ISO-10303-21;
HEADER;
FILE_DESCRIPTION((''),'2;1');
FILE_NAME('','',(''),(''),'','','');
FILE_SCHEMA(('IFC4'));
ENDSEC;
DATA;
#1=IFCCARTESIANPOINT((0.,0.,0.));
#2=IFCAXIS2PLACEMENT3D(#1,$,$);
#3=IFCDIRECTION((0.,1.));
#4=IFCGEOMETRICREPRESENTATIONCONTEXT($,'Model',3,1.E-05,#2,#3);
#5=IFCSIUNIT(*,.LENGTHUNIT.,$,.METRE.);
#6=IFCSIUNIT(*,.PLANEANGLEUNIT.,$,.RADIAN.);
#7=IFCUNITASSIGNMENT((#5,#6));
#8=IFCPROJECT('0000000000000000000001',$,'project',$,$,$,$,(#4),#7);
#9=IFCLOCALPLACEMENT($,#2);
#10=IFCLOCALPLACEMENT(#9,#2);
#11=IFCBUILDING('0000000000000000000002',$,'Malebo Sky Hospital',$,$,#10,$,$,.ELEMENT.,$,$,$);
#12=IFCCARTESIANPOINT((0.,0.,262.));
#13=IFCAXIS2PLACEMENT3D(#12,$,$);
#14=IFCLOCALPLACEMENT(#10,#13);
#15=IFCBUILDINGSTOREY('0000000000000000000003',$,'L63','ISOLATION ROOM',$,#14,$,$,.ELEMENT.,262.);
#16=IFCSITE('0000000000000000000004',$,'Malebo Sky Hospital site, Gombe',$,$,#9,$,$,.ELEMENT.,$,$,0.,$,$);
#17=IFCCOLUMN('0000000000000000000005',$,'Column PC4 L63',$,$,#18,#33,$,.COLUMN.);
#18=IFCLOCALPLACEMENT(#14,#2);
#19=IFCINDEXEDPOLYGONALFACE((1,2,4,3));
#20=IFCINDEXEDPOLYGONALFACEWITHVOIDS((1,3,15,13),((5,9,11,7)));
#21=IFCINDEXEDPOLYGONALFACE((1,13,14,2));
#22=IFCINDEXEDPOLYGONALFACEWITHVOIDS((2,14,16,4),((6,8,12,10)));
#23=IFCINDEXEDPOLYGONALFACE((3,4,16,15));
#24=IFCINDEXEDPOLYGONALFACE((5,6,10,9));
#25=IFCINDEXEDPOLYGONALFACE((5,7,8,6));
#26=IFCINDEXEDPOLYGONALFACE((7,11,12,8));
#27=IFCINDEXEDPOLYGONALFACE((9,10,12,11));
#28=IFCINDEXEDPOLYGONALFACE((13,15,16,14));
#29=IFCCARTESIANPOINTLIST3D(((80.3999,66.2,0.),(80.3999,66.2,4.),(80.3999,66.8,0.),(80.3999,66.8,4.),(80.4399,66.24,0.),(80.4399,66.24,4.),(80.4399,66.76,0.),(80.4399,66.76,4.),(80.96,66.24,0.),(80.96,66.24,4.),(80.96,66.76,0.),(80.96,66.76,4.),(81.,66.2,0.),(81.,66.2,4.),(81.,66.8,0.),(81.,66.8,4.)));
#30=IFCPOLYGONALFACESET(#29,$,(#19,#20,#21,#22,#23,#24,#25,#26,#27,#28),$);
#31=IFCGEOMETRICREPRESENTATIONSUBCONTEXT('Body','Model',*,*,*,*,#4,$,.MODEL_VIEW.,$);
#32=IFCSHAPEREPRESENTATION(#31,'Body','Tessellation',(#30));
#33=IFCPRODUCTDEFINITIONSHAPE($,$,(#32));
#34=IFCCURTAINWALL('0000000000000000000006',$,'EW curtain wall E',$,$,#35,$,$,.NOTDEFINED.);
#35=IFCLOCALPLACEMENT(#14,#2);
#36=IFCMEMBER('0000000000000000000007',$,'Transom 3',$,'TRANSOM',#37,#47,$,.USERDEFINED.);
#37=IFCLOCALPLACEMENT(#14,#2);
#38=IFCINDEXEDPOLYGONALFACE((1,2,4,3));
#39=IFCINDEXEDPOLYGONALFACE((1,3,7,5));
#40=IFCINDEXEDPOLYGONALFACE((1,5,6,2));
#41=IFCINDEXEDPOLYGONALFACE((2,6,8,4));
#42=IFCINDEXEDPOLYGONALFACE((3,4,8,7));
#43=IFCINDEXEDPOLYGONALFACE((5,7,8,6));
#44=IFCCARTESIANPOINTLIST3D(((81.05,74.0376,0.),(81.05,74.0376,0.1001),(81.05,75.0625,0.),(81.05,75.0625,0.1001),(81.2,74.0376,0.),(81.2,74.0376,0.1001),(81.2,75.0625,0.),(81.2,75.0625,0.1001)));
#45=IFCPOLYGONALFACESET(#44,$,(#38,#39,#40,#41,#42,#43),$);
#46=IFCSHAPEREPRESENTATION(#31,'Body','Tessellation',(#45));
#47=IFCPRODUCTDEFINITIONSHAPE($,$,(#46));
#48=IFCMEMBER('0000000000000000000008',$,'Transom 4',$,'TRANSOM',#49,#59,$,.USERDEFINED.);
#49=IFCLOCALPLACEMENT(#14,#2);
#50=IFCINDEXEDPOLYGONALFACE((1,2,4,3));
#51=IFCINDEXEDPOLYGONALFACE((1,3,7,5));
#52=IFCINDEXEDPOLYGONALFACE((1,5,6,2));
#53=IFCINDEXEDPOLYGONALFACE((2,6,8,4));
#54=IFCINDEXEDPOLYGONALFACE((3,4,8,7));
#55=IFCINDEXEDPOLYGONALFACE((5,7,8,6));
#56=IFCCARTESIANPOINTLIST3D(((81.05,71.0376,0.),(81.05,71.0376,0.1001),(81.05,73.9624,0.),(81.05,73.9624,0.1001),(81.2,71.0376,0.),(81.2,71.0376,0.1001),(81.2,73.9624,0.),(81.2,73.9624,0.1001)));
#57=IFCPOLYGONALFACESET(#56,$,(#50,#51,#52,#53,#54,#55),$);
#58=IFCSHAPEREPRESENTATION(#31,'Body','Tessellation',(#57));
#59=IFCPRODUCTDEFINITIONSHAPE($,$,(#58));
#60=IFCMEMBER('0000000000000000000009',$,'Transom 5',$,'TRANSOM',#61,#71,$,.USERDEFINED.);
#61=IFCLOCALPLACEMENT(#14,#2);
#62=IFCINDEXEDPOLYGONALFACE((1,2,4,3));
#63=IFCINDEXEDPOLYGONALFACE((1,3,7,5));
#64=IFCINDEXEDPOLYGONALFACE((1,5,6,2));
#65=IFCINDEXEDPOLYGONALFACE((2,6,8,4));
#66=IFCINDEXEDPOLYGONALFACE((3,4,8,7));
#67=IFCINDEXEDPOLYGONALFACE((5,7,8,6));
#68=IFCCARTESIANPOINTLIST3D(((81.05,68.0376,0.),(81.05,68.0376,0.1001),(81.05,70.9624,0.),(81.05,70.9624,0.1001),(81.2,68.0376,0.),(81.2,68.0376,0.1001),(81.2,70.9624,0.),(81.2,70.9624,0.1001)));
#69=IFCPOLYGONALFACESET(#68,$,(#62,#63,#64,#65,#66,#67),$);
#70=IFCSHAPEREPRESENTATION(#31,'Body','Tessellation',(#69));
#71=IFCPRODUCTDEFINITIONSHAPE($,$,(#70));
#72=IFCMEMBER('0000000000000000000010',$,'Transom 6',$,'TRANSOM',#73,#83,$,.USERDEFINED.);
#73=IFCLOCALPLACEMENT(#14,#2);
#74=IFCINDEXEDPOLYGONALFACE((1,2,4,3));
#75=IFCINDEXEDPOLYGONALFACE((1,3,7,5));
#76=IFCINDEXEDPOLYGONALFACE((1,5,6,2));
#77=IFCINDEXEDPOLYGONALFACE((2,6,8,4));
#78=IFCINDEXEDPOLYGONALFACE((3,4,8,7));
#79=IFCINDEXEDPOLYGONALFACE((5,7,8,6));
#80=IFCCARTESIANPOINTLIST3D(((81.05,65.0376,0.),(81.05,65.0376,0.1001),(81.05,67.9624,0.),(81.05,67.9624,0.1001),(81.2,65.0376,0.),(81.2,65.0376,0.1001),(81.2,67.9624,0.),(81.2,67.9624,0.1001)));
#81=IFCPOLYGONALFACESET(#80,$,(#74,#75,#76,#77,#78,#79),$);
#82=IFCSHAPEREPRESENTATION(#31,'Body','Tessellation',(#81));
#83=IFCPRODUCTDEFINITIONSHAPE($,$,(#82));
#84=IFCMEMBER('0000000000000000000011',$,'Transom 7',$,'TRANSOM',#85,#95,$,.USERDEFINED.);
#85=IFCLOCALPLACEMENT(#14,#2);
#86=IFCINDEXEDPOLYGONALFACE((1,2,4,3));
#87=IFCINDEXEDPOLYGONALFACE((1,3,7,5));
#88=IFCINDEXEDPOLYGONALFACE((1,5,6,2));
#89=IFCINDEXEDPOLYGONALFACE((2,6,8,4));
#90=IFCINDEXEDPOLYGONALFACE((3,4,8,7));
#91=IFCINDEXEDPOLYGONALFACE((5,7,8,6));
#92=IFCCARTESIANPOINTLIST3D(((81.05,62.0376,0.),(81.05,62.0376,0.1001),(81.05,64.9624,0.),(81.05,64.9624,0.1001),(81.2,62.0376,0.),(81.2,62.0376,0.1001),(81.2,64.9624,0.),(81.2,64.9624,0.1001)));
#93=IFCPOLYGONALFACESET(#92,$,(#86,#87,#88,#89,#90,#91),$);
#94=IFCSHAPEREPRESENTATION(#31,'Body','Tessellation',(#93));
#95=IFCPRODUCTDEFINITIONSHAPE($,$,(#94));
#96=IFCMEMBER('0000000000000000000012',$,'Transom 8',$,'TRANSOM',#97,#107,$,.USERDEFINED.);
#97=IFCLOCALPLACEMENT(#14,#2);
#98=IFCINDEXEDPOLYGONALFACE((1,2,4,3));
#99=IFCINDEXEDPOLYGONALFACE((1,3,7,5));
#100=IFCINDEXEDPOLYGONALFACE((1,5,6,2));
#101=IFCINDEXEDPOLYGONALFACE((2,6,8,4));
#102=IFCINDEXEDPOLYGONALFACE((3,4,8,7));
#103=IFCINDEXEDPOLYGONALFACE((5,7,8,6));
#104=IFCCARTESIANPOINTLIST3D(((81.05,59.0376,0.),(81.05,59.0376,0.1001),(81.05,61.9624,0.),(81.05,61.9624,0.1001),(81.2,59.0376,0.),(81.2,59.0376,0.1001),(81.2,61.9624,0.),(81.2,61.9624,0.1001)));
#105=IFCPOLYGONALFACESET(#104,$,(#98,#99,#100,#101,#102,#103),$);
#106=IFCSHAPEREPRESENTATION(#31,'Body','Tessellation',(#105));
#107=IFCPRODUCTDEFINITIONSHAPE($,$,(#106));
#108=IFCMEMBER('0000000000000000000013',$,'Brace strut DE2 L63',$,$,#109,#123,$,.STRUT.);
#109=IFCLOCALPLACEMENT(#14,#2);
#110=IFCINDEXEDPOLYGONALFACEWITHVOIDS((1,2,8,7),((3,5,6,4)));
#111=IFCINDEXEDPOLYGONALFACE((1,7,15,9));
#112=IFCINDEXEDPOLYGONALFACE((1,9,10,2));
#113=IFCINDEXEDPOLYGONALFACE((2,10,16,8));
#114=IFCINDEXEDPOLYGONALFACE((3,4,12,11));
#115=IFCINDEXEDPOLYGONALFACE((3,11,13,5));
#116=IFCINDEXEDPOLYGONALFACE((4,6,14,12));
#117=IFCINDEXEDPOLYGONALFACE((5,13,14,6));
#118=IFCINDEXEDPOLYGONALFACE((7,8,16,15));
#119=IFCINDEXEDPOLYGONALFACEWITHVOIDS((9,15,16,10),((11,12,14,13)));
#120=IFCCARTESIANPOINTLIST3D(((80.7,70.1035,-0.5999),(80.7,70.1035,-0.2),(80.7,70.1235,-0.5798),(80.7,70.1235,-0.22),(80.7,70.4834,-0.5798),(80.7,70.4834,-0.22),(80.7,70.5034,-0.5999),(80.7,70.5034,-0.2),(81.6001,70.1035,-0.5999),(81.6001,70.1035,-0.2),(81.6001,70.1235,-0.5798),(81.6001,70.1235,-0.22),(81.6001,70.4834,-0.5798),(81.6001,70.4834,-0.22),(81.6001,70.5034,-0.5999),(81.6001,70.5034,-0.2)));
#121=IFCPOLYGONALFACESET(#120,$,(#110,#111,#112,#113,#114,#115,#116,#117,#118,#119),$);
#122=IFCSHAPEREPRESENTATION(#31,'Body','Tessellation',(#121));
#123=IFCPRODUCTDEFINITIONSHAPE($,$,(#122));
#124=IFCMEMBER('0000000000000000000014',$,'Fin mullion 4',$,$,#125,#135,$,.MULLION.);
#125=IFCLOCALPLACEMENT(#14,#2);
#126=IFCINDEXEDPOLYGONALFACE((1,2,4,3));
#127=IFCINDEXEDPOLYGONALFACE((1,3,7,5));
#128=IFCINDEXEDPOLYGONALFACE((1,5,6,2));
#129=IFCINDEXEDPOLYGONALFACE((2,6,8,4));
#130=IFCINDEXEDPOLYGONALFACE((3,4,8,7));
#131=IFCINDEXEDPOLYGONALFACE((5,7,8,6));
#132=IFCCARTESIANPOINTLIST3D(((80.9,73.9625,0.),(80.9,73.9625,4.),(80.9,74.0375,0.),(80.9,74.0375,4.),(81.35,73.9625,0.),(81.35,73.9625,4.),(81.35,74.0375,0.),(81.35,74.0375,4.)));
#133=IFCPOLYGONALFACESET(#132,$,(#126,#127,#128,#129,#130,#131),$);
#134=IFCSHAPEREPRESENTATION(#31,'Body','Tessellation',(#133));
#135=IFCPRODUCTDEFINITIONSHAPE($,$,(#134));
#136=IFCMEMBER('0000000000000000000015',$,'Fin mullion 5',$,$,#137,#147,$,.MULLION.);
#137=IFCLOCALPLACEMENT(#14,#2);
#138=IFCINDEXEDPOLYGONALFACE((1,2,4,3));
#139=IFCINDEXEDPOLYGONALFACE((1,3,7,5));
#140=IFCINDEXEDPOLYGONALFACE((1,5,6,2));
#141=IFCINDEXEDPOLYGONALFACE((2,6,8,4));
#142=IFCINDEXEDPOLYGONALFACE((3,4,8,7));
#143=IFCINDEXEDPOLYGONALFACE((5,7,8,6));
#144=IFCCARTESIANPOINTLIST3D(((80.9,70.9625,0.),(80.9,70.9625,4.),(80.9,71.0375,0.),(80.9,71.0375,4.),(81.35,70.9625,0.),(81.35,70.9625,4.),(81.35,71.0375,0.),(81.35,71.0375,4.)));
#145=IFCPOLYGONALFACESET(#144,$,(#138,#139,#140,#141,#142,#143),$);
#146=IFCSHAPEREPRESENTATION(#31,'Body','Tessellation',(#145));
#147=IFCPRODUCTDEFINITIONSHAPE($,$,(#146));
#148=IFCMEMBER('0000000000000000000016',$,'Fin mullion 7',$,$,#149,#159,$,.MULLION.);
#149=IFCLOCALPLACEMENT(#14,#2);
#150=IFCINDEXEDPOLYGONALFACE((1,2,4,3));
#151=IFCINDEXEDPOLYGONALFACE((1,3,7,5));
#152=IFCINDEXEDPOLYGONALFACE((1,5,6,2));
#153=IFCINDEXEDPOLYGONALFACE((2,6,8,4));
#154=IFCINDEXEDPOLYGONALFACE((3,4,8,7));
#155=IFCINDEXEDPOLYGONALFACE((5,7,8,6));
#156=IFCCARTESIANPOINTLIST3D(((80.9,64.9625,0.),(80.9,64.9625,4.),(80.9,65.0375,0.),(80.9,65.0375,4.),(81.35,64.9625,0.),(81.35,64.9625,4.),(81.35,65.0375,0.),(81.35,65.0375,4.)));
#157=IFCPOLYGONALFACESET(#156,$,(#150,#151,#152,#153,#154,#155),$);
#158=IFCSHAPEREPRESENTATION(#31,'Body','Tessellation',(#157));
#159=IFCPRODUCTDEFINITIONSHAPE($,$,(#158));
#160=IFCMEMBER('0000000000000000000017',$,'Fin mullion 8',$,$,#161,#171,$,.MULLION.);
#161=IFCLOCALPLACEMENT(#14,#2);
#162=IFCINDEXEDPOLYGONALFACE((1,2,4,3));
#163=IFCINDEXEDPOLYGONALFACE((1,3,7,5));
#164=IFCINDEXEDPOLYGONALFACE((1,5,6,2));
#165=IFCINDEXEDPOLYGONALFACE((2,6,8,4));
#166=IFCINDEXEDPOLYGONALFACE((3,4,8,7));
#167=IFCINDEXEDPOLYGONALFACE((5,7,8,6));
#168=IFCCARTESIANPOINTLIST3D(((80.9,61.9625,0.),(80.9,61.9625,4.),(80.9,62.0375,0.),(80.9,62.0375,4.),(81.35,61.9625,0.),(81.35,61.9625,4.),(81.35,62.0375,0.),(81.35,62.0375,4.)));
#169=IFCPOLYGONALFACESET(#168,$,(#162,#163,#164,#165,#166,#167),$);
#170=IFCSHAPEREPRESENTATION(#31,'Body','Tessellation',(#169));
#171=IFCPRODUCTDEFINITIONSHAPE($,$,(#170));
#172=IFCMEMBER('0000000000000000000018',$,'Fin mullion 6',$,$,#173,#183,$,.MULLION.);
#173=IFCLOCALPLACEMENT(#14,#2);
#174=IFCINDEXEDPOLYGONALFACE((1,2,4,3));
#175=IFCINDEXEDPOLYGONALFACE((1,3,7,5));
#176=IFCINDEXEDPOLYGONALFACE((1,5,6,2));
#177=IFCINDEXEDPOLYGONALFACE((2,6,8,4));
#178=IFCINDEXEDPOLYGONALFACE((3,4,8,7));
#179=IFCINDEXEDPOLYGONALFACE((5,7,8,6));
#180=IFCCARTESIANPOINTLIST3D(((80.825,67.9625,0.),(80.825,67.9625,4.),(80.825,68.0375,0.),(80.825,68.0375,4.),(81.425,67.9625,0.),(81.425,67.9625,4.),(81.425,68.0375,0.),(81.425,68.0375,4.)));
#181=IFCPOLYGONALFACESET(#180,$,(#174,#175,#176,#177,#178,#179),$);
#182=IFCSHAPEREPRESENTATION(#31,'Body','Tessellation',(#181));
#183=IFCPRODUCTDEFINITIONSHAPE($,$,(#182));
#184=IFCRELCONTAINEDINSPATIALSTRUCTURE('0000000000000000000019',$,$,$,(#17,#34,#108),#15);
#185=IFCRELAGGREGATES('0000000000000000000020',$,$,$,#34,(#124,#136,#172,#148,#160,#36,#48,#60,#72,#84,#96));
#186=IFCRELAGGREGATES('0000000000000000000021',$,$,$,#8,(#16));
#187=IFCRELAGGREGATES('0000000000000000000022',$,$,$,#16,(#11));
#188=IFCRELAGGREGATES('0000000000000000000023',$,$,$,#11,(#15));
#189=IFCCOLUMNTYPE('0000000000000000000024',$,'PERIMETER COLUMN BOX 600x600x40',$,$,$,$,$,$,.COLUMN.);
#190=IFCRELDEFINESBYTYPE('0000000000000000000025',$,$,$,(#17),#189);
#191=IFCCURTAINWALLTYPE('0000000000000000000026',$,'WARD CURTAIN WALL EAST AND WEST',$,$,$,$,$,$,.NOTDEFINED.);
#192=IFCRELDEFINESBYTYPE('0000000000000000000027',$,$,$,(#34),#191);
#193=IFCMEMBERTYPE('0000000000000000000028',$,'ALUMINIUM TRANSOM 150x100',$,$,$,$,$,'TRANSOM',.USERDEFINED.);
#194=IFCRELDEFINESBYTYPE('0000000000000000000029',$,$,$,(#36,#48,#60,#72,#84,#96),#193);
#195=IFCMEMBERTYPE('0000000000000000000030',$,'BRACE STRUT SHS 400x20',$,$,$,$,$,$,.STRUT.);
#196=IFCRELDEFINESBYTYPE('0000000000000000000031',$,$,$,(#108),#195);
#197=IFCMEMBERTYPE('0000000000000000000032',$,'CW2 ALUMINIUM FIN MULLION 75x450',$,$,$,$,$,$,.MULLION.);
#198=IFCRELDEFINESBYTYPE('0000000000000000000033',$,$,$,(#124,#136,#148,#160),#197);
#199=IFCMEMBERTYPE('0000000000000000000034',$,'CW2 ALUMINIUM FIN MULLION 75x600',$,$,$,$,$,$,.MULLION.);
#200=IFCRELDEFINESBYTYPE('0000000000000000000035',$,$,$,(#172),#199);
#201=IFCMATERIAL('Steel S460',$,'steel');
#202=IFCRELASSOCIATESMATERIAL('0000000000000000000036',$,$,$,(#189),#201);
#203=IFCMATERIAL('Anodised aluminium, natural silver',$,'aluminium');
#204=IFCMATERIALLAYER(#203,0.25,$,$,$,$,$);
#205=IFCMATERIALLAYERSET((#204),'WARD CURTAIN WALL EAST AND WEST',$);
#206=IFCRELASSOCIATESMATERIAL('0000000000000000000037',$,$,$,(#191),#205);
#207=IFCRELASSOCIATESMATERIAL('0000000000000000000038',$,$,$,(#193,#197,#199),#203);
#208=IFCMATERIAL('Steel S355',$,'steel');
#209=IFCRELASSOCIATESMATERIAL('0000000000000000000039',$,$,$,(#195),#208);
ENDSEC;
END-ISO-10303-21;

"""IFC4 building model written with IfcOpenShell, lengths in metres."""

from ifc_helpers import new_model, si_unit, direction, frame, origin, origin_2d, place, context, subcontext, project, spatial, rectangle, hollow_rectangle, extrude, material, layer, layer_set, material_profile, profile_set, type_object, element, aggregate, save


model = new_model("IFC4")

# Units and contexts
model_context = context("Model", 3, precision=1e-05, world=origin(), true_north=direction((0.0, 1.0)))
body_context = subcontext(model_context, "Body", "Model", "MODEL_VIEW")
ifc_project = project(units=[si_unit("LENGTHUNIT", "METRE"), si_unit("PLANEANGLEUNIT", "RADIAN")], contexts=[model_context])

# Site, building, storey
site_placement = place(None, origin())
site = spatial("IfcSite", under=ifc_project, at=site_placement, Name="Malebo Sky Hospital site, Gombe", CompositionType="ELEMENT", RefElevation=0.0)
building_placement = place(site_placement, origin())
building = spatial("IfcBuilding", under=site, at=building_placement, Name="Malebo Sky Hospital", CompositionType="ELEMENT")
storey_placement = place(building_placement, frame((0.0, 0.0, 262.0)))
storey = spatial("IfcBuildingStorey", under=building, at=storey_placement, Name="L63", Description="ISOLATION ROOM", CompositionType="ELEMENT", Elevation=262.0)

# Column
ifc_material_1 = material(Name="Steel S460", Category="steel")
ifc_material_profile_1 = material_profile(ifc_material_1, hollow_rectangle(XDim=0.6001, YDim=0.6001, WallThickness=0.04, at=origin_2d()), Name="BOX 600x600x40")
ifc_profile_set_1 = profile_set([ifc_material_profile_1], Name="Steel S460")
column_type = type_object("IfcColumnType", Name="PERIMETER COLUMN BOX 600x600x40", PredefinedType="COLUMN", material=ifc_profile_set_1)
column_placement = place(storey_placement, frame((80.7, 66.5, 0.0), z_axis=(0.0, 0.0, 1.0), x_axis=(1.0, 0.0, 0.0)))
element("IfcColumn", 1, at=column_placement, inside=storey, type_object=column_type, Name="Column PC4 L63", PredefinedType="COLUMN", context=body_context, shape_type="SweptSolid", body=[
    extrude(hollow_rectangle(XDim=0.6001, YDim=0.6001, WallThickness=0.04, at=origin_2d()), origin(), (0.0, 0.0, 1.0), 4.0),
])

# Curtain wall, members
ifc_material_2 = material(Name="Anodised aluminium, natural silver", Category="aluminium")
ifc_layer_1 = layer(ifc_material_2, 0.25)
ifc_layer_set_1 = layer_set([ifc_layer_1], Name="WARD CURTAIN WALL EAST AND WEST")
curtain_wall_type = type_object("IfcCurtainWallType", Name="WARD CURTAIN WALL EAST AND WEST", PredefinedType="NOTDEFINED", material=ifc_layer_set_1)
curtain_wall_placement = place(storey_placement, origin())
curtain_wall = element("IfcCurtainWall", 2, at=curtain_wall_placement, inside=storey, type_object=curtain_wall_type, Name="EW curtain wall E", PredefinedType="NOTDEFINED")
ifc_material_profile_2 = material_profile(ifc_material_2, rectangle(XDim=0.1499, YDim=0.1001, at=origin_2d()), Name="ALUMINIUM TRANSOM 150x100")
ifc_profile_set_2 = profile_set([ifc_material_profile_2], Name="Anodised aluminium, natural silver")
member_type_1 = type_object("IfcMemberType", Name="ALUMINIUM TRANSOM 150x100", ElementType="TRANSOM", PredefinedType="USERDEFINED", material=ifc_profile_set_2)
member_1_placement = place(storey_placement, frame((81.125, 75.0625, 0.05), z_axis=(0.0, -1.0, 0.0), x_axis=(1.0, 0.0, 0.0)))
member_1 = element("IfcMember", 3, at=member_1_placement, type_object=member_type_1, Name="Transom 3", ObjectType="TRANSOM", PredefinedType="USERDEFINED", context=body_context, shape_type="SweptSolid", body=[
    extrude(rectangle(XDim=0.1499, YDim=0.1001, at=origin_2d()), origin(), (0.0, 0.0, 1.0), 1.0249),
])
member_2_placement = place(storey_placement, frame((81.125, 73.9624, 0.05), z_axis=(0.0, -1.0, 0.0), x_axis=(1.0, 0.0, 0.0)))
member_2 = element("IfcMember", 4, at=member_2_placement, type_object=member_type_1, Name="Transom 4", ObjectType="TRANSOM", PredefinedType="USERDEFINED", context=body_context, shape_type="SweptSolid", body=[
    extrude(rectangle(XDim=0.1499, YDim=0.1001, at=origin_2d()), origin(), (0.0, 0.0, 1.0), 2.9248),
])
member_3_placement = place(storey_placement, frame((81.125, 70.9624, 0.05), z_axis=(0.0, -1.0, 0.0), x_axis=(1.0, 0.0, 0.0)))
member_3 = element("IfcMember", 5, at=member_3_placement, type_object=member_type_1, Name="Transom 5", ObjectType="TRANSOM", PredefinedType="USERDEFINED", context=body_context, shape_type="SweptSolid", body=[
    extrude(rectangle(XDim=0.1499, YDim=0.1001, at=origin_2d()), origin(), (0.0, 0.0, 1.0), 2.9248),
])
member_4_placement = place(storey_placement, frame((81.125, 67.9624, 0.05), z_axis=(0.0, -1.0, 0.0), x_axis=(1.0, 0.0, 0.0)))
member_4 = element("IfcMember", 6, at=member_4_placement, type_object=member_type_1, Name="Transom 6", ObjectType="TRANSOM", PredefinedType="USERDEFINED", context=body_context, shape_type="SweptSolid", body=[
    extrude(rectangle(XDim=0.1499, YDim=0.1001, at=origin_2d()), origin(), (0.0, 0.0, 1.0), 2.9248),
])
member_5_placement = place(storey_placement, frame((81.125, 64.9624, 0.05), z_axis=(0.0, -1.0, 0.0), x_axis=(1.0, 0.0, 0.0)))
member_5 = element("IfcMember", 7, at=member_5_placement, type_object=member_type_1, Name="Transom 7", ObjectType="TRANSOM", PredefinedType="USERDEFINED", context=body_context, shape_type="SweptSolid", body=[
    extrude(rectangle(XDim=0.1499, YDim=0.1001, at=origin_2d()), origin(), (0.0, 0.0, 1.0), 2.9248),
])
member_6_placement = place(storey_placement, frame((81.125, 61.9624, 0.05), z_axis=(0.0, -1.0, 0.0), x_axis=(1.0, 0.0, 0.0)))
member_6 = element("IfcMember", 8, at=member_6_placement, type_object=member_type_1, Name="Transom 8", ObjectType="TRANSOM", PredefinedType="USERDEFINED", context=body_context, shape_type="SweptSolid", body=[
    extrude(rectangle(XDim=0.1499, YDim=0.1001, at=origin_2d()), origin(), (0.0, 0.0, 1.0), 2.9248),
])

# Members
ifc_material_3 = material(Name="Steel S355", Category="steel")
ifc_material_profile_3 = material_profile(ifc_material_3, hollow_rectangle(XDim=0.3999, YDim=0.3999, WallThickness=0.02, at=origin_2d()), Name="SHS 400x20")
ifc_profile_set_3 = profile_set([ifc_material_profile_3], Name="Steel S355")
member_type_2 = type_object("IfcMemberType", Name="BRACE STRUT SHS 400x20", PredefinedType="STRUT", material=ifc_profile_set_3)
member_7_placement = place(storey_placement, frame((81.6001, 70.3035, -0.3999), z_axis=(-1.0, 0.0, 0.0), x_axis=(0.0, -1.0, 0.0)))
element("IfcMember", 9, at=member_7_placement, inside=storey, type_object=member_type_2, Name="Brace strut DE2 L63", PredefinedType="STRUT", context=body_context, shape_type="SweptSolid", body=[
    extrude(hollow_rectangle(XDim=0.3999, YDim=0.3999, WallThickness=0.02, at=origin_2d()), origin(), (0.0, 0.0, 1.0), 0.9001),
])
ifc_material_profile_4 = material_profile(ifc_material_2, rectangle(XDim=0.075, YDim=0.45, at=origin_2d()), Name="CW2 ALUMINIUM FIN MULLION 75x450")
ifc_profile_set_4 = profile_set([ifc_material_profile_4], Name="Anodised aluminium, natural silver")
member_type_3 = type_object("IfcMemberType", Name="CW2 ALUMINIUM FIN MULLION 75x450", PredefinedType="MULLION", material=ifc_profile_set_4)
member_8_placement = place(storey_placement, frame((81.125, 74.0, 0.0), z_axis=(0.0, 0.0, 1.0), x_axis=(0.0, -1.0, 0.0)))
member_8 = element("IfcMember", 10, at=member_8_placement, type_object=member_type_3, Name="Fin mullion 4", PredefinedType="MULLION", context=body_context, shape_type="SweptSolid", body=[
    extrude(rectangle(XDim=0.075, YDim=0.45, at=origin_2d()), origin(), (0.0, 0.0, 1.0), 4.0),
])
member_9_placement = place(storey_placement, frame((81.125, 71.0, 0.0), z_axis=(0.0, 0.0, 1.0), x_axis=(0.0, -1.0, 0.0)))
member_9 = element("IfcMember", 11, at=member_9_placement, type_object=member_type_3, Name="Fin mullion 5", PredefinedType="MULLION", context=body_context, shape_type="SweptSolid", body=[
    extrude(rectangle(XDim=0.075, YDim=0.45, at=origin_2d()), origin(), (0.0, 0.0, 1.0), 4.0),
])
member_10_placement = place(storey_placement, frame((81.125, 65.0, 0.0), z_axis=(0.0, 0.0, 1.0), x_axis=(0.0, -1.0, 0.0)))
member_10 = element("IfcMember", 12, at=member_10_placement, type_object=member_type_3, Name="Fin mullion 7", PredefinedType="MULLION", context=body_context, shape_type="SweptSolid", body=[
    extrude(rectangle(XDim=0.075, YDim=0.45, at=origin_2d()), origin(), (0.0, 0.0, 1.0), 4.0),
])
member_11_placement = place(storey_placement, frame((81.125, 62.0, 0.0), z_axis=(0.0, 0.0, 1.0), x_axis=(0.0, -1.0, 0.0)))
member_11 = element("IfcMember", 13, at=member_11_placement, type_object=member_type_3, Name="Fin mullion 8", PredefinedType="MULLION", context=body_context, shape_type="SweptSolid", body=[
    extrude(rectangle(XDim=0.075, YDim=0.45, at=origin_2d()), origin(), (0.0, 0.0, 1.0), 4.0),
])
ifc_material_profile_5 = material_profile(ifc_material_2, rectangle(XDim=0.075, YDim=0.6001, at=origin_2d()), Name="CW2 ALUMINIUM FIN MULLION 75x600")
ifc_profile_set_5 = profile_set([ifc_material_profile_5], Name="Anodised aluminium, natural silver")
member_type_4 = type_object("IfcMemberType", Name="CW2 ALUMINIUM FIN MULLION 75x600", PredefinedType="MULLION", material=ifc_profile_set_5)
member_12_placement = place(storey_placement, frame((81.125, 68.0, 0.0), z_axis=(0.0, 0.0, 1.0), x_axis=(0.0, -1.0, 0.0)))
member_12 = element("IfcMember", 14, at=member_12_placement, type_object=member_type_4, Name="Fin mullion 6", PredefinedType="MULLION", context=body_context, shape_type="SweptSolid", body=[
    extrude(rectangle(XDim=0.075, YDim=0.6001, at=origin_2d()), origin(), (0.0, 0.0, 1.0), 4.0),
])

aggregate(curtain_wall, [member_8, member_9, member_12, member_10, member_11, member_1, member_2, member_3, member_4, member_5, member_6])

save(model, "model.ifc")
